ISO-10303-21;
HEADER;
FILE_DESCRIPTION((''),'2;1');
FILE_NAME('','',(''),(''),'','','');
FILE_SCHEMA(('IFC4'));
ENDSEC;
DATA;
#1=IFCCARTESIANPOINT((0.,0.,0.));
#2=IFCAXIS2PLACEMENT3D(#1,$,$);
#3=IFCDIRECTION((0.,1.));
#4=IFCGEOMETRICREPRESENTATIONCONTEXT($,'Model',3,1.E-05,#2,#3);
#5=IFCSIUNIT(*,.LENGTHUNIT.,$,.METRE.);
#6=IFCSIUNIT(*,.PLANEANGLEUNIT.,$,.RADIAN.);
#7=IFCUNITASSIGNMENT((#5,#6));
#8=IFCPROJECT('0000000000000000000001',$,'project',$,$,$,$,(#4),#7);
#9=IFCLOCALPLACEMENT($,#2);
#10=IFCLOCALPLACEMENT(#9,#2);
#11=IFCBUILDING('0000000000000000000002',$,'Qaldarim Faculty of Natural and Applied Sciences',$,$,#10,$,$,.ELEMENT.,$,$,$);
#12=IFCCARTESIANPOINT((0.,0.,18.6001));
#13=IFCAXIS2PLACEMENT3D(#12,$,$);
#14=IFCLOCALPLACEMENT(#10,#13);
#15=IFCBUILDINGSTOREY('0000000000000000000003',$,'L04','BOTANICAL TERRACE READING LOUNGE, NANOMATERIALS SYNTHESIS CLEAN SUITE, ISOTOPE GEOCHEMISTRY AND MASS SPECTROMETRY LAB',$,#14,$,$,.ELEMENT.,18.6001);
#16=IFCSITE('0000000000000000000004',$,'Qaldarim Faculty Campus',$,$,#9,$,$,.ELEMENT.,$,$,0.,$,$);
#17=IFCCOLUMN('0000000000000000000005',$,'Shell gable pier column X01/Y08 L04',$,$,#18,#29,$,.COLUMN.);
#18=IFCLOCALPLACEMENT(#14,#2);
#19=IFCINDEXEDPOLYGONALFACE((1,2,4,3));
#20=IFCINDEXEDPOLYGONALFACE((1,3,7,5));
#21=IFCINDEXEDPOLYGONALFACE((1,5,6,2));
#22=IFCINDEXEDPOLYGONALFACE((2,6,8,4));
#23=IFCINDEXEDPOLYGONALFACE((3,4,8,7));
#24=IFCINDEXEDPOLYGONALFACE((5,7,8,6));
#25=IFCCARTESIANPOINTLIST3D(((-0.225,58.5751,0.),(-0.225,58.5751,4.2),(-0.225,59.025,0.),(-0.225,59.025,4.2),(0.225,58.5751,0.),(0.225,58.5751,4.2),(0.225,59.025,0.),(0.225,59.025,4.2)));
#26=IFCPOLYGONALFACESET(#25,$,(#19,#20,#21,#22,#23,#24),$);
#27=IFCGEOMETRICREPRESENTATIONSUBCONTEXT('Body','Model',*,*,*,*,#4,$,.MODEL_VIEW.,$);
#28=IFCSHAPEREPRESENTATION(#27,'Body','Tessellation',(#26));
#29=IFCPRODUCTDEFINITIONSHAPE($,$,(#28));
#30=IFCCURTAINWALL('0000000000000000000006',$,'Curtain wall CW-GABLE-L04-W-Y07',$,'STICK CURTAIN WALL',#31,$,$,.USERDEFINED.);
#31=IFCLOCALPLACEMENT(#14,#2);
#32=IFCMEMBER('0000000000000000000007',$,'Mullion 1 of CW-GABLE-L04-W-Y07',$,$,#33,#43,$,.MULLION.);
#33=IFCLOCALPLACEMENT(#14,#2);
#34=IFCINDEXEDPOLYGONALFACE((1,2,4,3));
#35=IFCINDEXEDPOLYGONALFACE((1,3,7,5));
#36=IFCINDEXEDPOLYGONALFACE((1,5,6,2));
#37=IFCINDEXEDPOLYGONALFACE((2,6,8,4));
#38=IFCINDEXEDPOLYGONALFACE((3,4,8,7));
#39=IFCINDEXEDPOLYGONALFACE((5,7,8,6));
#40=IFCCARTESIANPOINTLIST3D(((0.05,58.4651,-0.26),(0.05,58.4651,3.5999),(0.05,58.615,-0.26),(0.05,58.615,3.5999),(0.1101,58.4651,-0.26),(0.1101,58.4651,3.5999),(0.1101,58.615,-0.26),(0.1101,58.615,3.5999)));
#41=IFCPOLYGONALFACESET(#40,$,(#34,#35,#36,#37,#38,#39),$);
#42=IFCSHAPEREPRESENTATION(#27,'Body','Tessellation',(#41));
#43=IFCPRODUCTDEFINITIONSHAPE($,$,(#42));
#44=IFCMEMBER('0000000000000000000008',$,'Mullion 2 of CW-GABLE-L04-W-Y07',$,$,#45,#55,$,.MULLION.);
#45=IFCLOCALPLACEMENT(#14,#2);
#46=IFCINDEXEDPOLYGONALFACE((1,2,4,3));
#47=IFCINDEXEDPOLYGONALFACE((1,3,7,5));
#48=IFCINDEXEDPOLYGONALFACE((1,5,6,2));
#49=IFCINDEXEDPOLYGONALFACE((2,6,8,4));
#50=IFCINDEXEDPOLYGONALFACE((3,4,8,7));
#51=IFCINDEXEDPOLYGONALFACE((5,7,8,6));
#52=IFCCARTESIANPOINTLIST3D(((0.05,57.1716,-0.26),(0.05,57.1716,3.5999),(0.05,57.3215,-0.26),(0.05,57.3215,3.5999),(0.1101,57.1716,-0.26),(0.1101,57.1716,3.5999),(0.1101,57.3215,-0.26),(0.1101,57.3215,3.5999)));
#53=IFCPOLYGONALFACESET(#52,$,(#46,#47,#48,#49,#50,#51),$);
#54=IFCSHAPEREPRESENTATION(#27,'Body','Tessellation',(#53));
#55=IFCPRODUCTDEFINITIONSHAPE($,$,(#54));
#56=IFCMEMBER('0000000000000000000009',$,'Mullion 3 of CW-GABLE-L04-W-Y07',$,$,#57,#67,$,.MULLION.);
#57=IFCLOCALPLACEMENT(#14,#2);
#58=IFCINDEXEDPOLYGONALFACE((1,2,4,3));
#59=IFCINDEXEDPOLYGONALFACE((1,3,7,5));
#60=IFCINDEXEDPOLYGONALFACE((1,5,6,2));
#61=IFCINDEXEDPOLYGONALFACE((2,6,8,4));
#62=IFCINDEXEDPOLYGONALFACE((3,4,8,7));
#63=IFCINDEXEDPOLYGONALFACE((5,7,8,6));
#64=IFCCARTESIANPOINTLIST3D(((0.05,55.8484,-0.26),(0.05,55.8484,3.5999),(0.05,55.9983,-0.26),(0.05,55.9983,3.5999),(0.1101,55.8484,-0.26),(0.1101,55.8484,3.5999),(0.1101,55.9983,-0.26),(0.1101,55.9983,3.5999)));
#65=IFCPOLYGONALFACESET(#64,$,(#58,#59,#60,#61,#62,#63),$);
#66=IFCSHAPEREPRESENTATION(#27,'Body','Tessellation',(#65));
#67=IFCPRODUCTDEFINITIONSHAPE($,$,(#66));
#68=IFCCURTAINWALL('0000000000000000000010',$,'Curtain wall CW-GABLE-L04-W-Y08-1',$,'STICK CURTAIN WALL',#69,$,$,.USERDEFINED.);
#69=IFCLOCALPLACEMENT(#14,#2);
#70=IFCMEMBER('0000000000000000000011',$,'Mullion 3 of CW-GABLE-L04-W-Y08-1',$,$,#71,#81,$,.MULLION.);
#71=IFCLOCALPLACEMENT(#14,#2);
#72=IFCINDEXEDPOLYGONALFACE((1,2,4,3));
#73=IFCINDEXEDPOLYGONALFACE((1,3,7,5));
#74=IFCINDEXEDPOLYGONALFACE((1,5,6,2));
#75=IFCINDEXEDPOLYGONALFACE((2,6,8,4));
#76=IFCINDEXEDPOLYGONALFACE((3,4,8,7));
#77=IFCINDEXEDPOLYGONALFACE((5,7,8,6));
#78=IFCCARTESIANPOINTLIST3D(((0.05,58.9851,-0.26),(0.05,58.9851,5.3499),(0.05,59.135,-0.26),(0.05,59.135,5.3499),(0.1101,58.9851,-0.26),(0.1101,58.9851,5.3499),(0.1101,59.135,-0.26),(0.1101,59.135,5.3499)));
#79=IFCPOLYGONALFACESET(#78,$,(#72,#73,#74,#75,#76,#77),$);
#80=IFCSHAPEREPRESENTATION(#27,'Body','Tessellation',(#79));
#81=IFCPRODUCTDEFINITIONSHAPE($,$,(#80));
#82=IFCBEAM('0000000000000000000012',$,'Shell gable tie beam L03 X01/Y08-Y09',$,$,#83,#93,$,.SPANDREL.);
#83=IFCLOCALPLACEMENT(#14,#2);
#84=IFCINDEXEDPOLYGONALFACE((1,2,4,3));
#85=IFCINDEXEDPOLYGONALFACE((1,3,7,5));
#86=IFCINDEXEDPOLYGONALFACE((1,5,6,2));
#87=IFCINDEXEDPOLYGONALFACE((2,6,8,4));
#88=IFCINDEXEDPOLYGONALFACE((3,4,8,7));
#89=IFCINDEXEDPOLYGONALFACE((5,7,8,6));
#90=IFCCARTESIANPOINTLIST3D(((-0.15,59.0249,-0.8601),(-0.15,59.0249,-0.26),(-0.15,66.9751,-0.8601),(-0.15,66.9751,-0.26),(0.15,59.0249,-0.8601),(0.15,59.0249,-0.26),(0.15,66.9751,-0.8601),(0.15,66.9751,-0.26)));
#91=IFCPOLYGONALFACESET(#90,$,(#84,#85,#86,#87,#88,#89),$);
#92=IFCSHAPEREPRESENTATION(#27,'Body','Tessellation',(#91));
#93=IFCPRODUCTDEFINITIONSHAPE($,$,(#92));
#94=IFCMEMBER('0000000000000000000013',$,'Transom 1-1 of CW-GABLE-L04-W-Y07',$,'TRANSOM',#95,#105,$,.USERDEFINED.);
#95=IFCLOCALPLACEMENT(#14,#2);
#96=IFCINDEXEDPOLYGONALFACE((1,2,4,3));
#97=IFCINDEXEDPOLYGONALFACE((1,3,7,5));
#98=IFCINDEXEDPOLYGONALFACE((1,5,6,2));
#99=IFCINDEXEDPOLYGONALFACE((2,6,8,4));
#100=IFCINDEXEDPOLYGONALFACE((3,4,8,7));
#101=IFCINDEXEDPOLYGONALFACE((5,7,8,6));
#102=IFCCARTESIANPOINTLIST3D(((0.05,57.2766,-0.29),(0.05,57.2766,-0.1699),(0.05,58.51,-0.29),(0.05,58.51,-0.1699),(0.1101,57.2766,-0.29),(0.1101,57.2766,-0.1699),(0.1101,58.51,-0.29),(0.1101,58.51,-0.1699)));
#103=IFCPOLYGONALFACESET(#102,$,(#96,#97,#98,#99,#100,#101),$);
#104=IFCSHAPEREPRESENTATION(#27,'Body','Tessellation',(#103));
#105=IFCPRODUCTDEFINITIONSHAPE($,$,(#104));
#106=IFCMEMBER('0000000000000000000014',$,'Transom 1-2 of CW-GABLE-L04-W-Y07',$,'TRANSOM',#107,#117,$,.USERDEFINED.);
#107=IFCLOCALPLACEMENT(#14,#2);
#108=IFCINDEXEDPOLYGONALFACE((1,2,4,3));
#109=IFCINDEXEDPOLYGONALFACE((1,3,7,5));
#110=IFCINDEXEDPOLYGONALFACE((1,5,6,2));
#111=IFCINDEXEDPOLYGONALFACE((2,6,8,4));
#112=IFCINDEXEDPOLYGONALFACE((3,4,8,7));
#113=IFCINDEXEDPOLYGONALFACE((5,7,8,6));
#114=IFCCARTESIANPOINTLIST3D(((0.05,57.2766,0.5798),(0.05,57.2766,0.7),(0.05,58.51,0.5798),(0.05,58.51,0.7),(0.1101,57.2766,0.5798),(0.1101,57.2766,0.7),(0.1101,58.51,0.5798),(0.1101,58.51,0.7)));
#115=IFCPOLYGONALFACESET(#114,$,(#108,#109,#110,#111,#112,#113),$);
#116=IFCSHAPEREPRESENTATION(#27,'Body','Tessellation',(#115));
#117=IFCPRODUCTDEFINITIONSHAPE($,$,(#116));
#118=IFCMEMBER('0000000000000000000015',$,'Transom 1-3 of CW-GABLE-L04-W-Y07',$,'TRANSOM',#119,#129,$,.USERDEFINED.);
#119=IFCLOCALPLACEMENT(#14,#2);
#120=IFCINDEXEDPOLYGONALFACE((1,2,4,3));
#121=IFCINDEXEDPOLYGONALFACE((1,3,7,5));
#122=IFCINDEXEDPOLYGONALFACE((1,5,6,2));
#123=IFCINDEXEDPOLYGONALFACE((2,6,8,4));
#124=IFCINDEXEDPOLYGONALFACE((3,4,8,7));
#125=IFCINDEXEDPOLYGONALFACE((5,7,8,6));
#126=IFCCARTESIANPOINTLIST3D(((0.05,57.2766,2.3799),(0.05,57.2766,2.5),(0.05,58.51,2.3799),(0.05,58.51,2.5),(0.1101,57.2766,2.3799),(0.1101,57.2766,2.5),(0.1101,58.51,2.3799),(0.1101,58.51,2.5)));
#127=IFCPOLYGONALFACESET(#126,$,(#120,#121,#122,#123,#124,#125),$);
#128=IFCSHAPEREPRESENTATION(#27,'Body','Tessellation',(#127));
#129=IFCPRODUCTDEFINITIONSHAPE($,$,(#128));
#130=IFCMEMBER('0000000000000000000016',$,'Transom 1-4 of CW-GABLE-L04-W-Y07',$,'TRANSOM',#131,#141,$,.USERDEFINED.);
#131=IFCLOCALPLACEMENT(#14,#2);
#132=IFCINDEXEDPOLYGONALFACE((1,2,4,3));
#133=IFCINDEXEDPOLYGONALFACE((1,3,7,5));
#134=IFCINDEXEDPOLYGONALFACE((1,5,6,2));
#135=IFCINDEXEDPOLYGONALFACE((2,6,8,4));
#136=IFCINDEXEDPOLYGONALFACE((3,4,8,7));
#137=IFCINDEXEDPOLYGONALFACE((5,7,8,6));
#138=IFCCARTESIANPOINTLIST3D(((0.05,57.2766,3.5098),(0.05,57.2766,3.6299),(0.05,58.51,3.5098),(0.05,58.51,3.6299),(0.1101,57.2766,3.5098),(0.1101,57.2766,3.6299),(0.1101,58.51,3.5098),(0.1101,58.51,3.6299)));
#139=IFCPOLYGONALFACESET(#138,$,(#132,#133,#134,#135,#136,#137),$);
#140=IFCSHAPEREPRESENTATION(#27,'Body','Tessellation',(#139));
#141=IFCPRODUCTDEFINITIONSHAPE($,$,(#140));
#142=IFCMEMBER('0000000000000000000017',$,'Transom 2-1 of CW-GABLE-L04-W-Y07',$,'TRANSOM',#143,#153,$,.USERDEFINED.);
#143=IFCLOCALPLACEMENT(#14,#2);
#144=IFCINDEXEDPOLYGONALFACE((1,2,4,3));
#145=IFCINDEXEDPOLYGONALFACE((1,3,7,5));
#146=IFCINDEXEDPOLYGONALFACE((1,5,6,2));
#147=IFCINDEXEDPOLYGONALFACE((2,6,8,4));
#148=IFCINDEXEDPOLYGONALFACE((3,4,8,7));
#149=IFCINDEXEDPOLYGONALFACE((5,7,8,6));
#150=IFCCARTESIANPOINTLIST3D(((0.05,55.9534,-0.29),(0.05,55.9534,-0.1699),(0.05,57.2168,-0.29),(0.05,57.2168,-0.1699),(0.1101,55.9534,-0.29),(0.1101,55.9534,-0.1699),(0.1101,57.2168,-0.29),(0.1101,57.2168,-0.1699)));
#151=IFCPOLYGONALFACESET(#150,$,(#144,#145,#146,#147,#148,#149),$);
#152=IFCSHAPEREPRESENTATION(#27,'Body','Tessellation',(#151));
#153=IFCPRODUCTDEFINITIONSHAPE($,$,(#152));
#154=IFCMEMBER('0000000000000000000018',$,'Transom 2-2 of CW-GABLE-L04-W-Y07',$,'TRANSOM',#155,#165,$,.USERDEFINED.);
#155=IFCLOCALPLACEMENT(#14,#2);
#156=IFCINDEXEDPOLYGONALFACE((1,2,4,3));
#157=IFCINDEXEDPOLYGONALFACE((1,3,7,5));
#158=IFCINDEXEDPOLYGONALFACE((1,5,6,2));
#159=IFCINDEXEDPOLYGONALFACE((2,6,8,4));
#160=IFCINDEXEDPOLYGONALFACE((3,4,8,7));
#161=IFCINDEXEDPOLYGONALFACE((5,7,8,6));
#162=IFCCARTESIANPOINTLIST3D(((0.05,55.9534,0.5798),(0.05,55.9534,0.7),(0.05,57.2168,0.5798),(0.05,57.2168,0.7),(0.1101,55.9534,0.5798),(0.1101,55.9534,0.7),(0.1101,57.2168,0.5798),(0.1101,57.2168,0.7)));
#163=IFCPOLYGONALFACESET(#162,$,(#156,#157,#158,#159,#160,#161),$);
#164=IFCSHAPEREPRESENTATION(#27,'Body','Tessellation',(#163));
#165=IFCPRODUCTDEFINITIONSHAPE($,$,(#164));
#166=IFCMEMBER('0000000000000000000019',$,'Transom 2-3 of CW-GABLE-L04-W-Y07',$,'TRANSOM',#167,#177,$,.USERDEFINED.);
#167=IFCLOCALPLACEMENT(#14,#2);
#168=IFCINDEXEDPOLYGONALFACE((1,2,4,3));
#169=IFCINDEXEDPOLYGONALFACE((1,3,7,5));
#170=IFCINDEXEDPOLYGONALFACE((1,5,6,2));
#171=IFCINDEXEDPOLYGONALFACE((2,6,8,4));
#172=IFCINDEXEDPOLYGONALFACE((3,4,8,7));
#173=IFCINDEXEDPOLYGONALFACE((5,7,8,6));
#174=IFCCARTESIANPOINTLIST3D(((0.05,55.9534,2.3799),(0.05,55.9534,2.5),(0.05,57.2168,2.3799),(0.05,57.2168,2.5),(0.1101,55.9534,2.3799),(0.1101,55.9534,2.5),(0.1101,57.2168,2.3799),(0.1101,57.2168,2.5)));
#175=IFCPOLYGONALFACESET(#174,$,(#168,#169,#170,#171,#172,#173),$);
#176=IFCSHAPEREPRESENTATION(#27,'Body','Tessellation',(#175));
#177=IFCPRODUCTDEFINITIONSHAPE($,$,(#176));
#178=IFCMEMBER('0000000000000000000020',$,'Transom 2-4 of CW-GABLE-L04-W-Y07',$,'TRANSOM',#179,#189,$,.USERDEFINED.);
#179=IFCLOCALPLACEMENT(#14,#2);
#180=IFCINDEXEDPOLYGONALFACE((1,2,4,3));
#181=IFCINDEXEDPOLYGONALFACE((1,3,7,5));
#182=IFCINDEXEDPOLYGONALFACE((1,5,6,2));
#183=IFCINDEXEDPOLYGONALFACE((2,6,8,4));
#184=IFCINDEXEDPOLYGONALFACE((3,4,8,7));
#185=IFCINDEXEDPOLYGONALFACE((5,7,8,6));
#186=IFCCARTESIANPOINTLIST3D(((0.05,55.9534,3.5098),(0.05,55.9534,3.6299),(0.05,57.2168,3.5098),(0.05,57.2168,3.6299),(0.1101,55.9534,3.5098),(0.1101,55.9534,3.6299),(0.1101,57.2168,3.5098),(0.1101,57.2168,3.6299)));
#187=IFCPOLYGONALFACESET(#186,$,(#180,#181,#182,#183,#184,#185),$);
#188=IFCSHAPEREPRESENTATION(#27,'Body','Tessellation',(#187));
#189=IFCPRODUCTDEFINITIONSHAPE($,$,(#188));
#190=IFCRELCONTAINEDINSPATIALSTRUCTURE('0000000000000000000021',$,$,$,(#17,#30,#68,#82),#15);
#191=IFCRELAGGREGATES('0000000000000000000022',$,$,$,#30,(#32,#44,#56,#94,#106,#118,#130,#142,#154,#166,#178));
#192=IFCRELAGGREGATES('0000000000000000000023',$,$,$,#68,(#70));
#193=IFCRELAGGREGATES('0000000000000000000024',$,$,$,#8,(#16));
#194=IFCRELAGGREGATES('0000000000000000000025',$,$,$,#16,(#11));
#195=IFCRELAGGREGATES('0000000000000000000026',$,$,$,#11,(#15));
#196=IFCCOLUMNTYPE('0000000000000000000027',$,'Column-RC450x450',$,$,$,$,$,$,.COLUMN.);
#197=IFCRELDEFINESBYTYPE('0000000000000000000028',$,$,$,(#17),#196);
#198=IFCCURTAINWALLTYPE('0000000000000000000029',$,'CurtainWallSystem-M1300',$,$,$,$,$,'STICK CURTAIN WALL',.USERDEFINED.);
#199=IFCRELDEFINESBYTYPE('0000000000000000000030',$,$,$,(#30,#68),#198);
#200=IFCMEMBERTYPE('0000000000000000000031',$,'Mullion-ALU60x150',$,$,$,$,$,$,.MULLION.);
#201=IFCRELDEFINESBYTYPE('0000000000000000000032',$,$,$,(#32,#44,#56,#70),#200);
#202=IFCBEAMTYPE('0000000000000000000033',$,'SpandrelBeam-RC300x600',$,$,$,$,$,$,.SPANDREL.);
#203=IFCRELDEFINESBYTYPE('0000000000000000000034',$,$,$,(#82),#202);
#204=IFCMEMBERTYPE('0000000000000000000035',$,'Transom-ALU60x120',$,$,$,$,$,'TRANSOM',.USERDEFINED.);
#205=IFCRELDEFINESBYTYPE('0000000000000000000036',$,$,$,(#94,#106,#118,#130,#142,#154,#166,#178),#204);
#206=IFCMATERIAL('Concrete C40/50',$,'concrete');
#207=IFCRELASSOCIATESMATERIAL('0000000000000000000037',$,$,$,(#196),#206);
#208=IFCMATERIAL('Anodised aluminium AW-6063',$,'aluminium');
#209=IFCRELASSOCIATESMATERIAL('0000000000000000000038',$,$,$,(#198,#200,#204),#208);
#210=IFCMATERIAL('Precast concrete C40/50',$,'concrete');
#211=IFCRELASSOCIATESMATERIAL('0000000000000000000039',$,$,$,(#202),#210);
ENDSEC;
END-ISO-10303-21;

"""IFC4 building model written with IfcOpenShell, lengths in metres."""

from ifc_helpers import new_model, si_unit, direction, frame, origin, origin_2d, place, context, subcontext, project, spatial, rectangle, extrude, material, material_profile, profile_set, type_object, element, aggregate, save


model = new_model("IFC4")

# Units and contexts
model_context = context("Model", 3, precision=1e-05, world=origin(), true_north=direction((0.0, 1.0)))
body_context = subcontext(model_context, "Body", "Model", "MODEL_VIEW")
ifc_project = project(units=[si_unit("LENGTHUNIT", "METRE"), si_unit("PLANEANGLEUNIT", "RADIAN")], contexts=[model_context])

# Site, building, storey
site_placement = place(None, origin())
site = spatial("IfcSite", under=ifc_project, at=site_placement, Name="Qaldarim Faculty Campus", CompositionType="ELEMENT", RefElevation=0.0)
building_placement = place(site_placement, origin())
building = spatial("IfcBuilding", under=site, at=building_placement, Name="Qaldarim Faculty of Natural and Applied Sciences", CompositionType="ELEMENT")
storey_placement = place(building_placement, frame((0.0, 0.0, 18.6001)))
storey = spatial("IfcBuildingStorey", under=building, at=storey_placement, Name="L04", Description="BOTANICAL TERRACE READING LOUNGE, NANOMATERIALS SYNTHESIS CLEAN SUITE, ISOTOPE GEOCHEMISTRY AND MASS SPECTROMETRY LAB", CompositionType="ELEMENT", Elevation=18.6001)

# Column
ifc_material_1 = material(Name="Concrete C40/50", Category="concrete")
ifc_material_profile_1 = material_profile(ifc_material_1, rectangle(XDim=0.45, YDim=0.45, at=origin_2d()), Name="RC-C450x450")
ifc_profile_set_1 = profile_set([ifc_material_profile_1], Name="Concrete C40/50")
column_type = type_object("IfcColumnType", Name="Column-RC450x450", PredefinedType="COLUMN", material=ifc_profile_set_1)
column_placement = place(storey_placement, frame((0.0, 58.8, 0.0), z_axis=(0.0, 0.0, 1.0), x_axis=(1.0, 0.0, 0.0)))
element("IfcColumn", 1, at=column_placement, inside=storey, type_object=column_type, Name="Shell gable pier column X01/Y08 L04", PredefinedType="COLUMN", context=body_context, shape_type="SweptSolid", body=[
    extrude(rectangle(XDim=0.45, YDim=0.45, at=origin_2d()), origin(), (0.0, 0.0, 1.0), 4.2),
])

# Curtain wall, members
ifc_material_2 = material(Name="Anodised aluminium AW-6063", Category="aluminium")
curtain_wall_type = type_object("IfcCurtainWallType", Name="CurtainWallSystem-M1300", ElementType="STICK CURTAIN WALL", PredefinedType="USERDEFINED", material=ifc_material_2)
curtain_wall_1_placement = place(storey_placement, origin())
curtain_wall_1 = element("IfcCurtainWall", 2, at=curtain_wall_1_placement, inside=storey, type_object=curtain_wall_type, Name="Curtain wall CW-GABLE-L04-W-Y07", ObjectType="STICK CURTAIN WALL", PredefinedType="USERDEFINED")
ifc_material_profile_2 = material_profile(ifc_material_2, rectangle(XDim=0.0601, YDim=0.1499, at=origin_2d()), Name="ALU-M60x150")
ifc_profile_set_2 = profile_set([ifc_material_profile_2], Name="Anodised aluminium AW-6063")
member_type_1 = type_object("IfcMemberType", Name="Mullion-ALU60x150", PredefinedType="MULLION", material=ifc_profile_set_2)
member_1_placement = place(storey_placement, frame((0.0801, 58.54, -0.26), z_axis=(0.0, 0.0, 1.0), x_axis=(1.0, 0.0, 0.0)))
member_1 = element("IfcMember", 3, at=member_1_placement, type_object=member_type_1, Name="Mullion 1 of CW-GABLE-L04-W-Y07", PredefinedType="MULLION", context=body_context, shape_type="SweptSolid", body=[
    extrude(rectangle(XDim=0.0601, YDim=0.1499, at=origin_2d()), origin(), (0.0, 0.0, 1.0), 3.8599),
])
member_2_placement = place(storey_placement, frame((0.0801, 57.2466, -0.26), z_axis=(0.0, 0.0, 1.0), x_axis=(1.0, 0.0, 0.0)))
member_2 = element("IfcMember", 4, at=member_2_placement, type_object=member_type_1, Name="Mullion 2 of CW-GABLE-L04-W-Y07", PredefinedType="MULLION", context=body_context, shape_type="SweptSolid", body=[
    extrude(rectangle(XDim=0.0601, YDim=0.1499, at=origin_2d()), origin(), (0.0, 0.0, 1.0), 3.8599),
])
member_3_placement = place(storey_placement, frame((0.0801, 55.9233, -0.26), z_axis=(0.0, 0.0, 1.0), x_axis=(1.0, 0.0, 0.0)))
member_3 = element("IfcMember", 5, at=member_3_placement, type_object=member_type_1, Name="Mullion 3 of CW-GABLE-L04-W-Y07", PredefinedType="MULLION", context=body_context, shape_type="SweptSolid", body=[
    extrude(rectangle(XDim=0.0601, YDim=0.1499, at=origin_2d()), origin(), (0.0, 0.0, 1.0), 3.8599),
])

# Curtain wall, member
curtain_wall_2_placement = place(storey_placement, origin())
curtain_wall_2 = element("IfcCurtainWall", 6, at=curtain_wall_2_placement, inside=storey, type_object=curtain_wall_type, Name="Curtain wall CW-GABLE-L04-W-Y08-1", ObjectType="STICK CURTAIN WALL", PredefinedType="USERDEFINED")
member_4_placement = place(storey_placement, frame((0.0801, 59.0601, -0.26), z_axis=(0.0, 0.0, 1.0), x_axis=(1.0, 0.0, 0.0)))
member_4 = element("IfcMember", 7, at=member_4_placement, type_object=member_type_1, Name="Mullion 3 of CW-GABLE-L04-W-Y08-1", PredefinedType="MULLION", context=body_context, shape_type="SweptSolid", body=[
    extrude(rectangle(XDim=0.0601, YDim=0.1499, at=origin_2d()), origin(), (0.0, 0.0, 1.0), 5.6099),
])

# Beam
ifc_material_3 = material(Name="Precast concrete C40/50", Category="concrete")
ifc_material_profile_3 = material_profile(ifc_material_3, rectangle(XDim=0.3, YDim=0.6001, at=origin_2d()), Name="RC-SP300x600")
ifc_profile_set_3 = profile_set([ifc_material_profile_3], Name="Precast concrete C40/50")
beam_type = type_object("IfcBeamType", Name="SpandrelBeam-RC300x600", PredefinedType="SPANDREL", material=ifc_profile_set_3)
beam_placement = place(storey_placement, frame((0.0, 59.0249, -0.5601), z_axis=(0.0, 1.0, 0.0), x_axis=(-1.0, 0.0, 0.0)))
element("IfcBeam", 8, at=beam_placement, inside=storey, type_object=beam_type, Name="Shell gable tie beam L03 X01/Y08-Y09", PredefinedType="SPANDREL", context=body_context, shape_type="SweptSolid", body=[
    extrude(rectangle(XDim=0.3, YDim=0.6001, at=origin_2d()), origin(), (0.0, 0.0, 1.0), 7.9502),
])

# Members
ifc_material_profile_4 = material_profile(ifc_material_2, rectangle(XDim=0.0601, YDim=0.1201, at=origin_2d()), Name="ALU-T60x120")
ifc_profile_set_4 = profile_set([ifc_material_profile_4], Name="Anodised aluminium AW-6063")
member_type_2 = type_object("IfcMemberType", Name="Transom-ALU60x120", ElementType="TRANSOM", PredefinedType="USERDEFINED", material=ifc_profile_set_4)
member_5_placement = place(storey_placement, frame((0.0801, 58.51, -0.23), z_axis=(0.0, -1.0, 0.0), x_axis=(1.0, 0.0, 0.0)))
member_5 = element("IfcMember", 9, at=member_5_placement, type_object=member_type_2, Name="Transom 1-1 of CW-GABLE-L04-W-Y07", ObjectType="TRANSOM", PredefinedType="USERDEFINED", context=body_context, shape_type="SweptSolid", body=[
    extrude(rectangle(XDim=0.0601, YDim=0.1201, at=origin_2d()), origin(), (0.0, 0.0, 1.0), 1.2334),
])
member_6_placement = place(storey_placement, frame((0.0801, 58.51, 0.6399), z_axis=(0.0, -1.0, 0.0), x_axis=(1.0, 0.0, 0.0)))
member_6 = element("IfcMember", 10, at=member_6_placement, type_object=member_type_2, Name="Transom 1-2 of CW-GABLE-L04-W-Y07", ObjectType="TRANSOM", PredefinedType="USERDEFINED", context=body_context, shape_type="SweptSolid", body=[
    extrude(rectangle(XDim=0.0601, YDim=0.1201, at=origin_2d()), origin(), (0.0, 0.0, 1.0), 1.2334),
])
member_7_placement = place(storey_placement, frame((0.0801, 58.51, 2.4399), z_axis=(0.0, -1.0, 0.0), x_axis=(1.0, 0.0, 0.0)))
member_7 = element("IfcMember", 11, at=member_7_placement, type_object=member_type_2, Name="Transom 1-3 of CW-GABLE-L04-W-Y07", ObjectType="TRANSOM", PredefinedType="USERDEFINED", context=body_context, shape_type="SweptSolid", body=[
    extrude(rectangle(XDim=0.0601, YDim=0.1201, at=origin_2d()), origin(), (0.0, 0.0, 1.0), 1.2334),
])
member_8_placement = place(storey_placement, frame((0.0801, 58.51, 3.5698), z_axis=(0.0, -1.0, 0.0), x_axis=(1.0, 0.0, 0.0)))
member_8 = element("IfcMember", 12, at=member_8_placement, type_object=member_type_2, Name="Transom 1-4 of CW-GABLE-L04-W-Y07", ObjectType="TRANSOM", PredefinedType="USERDEFINED", context=body_context, shape_type="SweptSolid", body=[
    extrude(rectangle(XDim=0.0601, YDim=0.1201, at=origin_2d()), origin(), (0.0, 0.0, 1.0), 1.2334),
])
member_9_placement = place(storey_placement, frame((0.0801, 57.2168, -0.23), z_axis=(0.0, -1.0, 0.0), x_axis=(1.0, 0.0, 0.0)))
member_9 = element("IfcMember", 13, at=member_9_placement, type_object=member_type_2, Name="Transom 2-1 of CW-GABLE-L04-W-Y07", ObjectType="TRANSOM", PredefinedType="USERDEFINED", context=body_context, shape_type="SweptSolid", body=[
    extrude(rectangle(XDim=0.0601, YDim=0.1201, at=origin_2d()), origin(), (0.0, 0.0, 1.0), 1.2634),
])
member_10_placement = place(storey_placement, frame((0.0801, 57.2168, 0.6399), z_axis=(0.0, -1.0, 0.0), x_axis=(1.0, 0.0, 0.0)))
member_10 = element("IfcMember", 14, at=member_10_placement, type_object=member_type_2, Name="Transom 2-2 of CW-GABLE-L04-W-Y07", ObjectType="TRANSOM", PredefinedType="USERDEFINED", context=body_context, shape_type="SweptSolid", body=[
    extrude(rectangle(XDim=0.0601, YDim=0.1201, at=origin_2d()), origin(), (0.0, 0.0, 1.0), 1.2634),
])
member_11_placement = place(storey_placement, frame((0.0801, 57.2168, 2.4399), z_axis=(0.0, -1.0, 0.0), x_axis=(1.0, 0.0, 0.0)))
member_11 = element("IfcMember", 15, at=member_11_placement, type_object=member_type_2, Name="Transom 2-3 of CW-GABLE-L04-W-Y07", ObjectType="TRANSOM", PredefinedType="USERDEFINED", context=body_context, shape_type="SweptSolid", body=[
    extrude(rectangle(XDim=0.0601, YDim=0.1201, at=origin_2d()), origin(), (0.0, 0.0, 1.0), 1.2634),
])
member_12_placement = place(storey_placement, frame((0.0801, 57.2168, 3.5698), z_axis=(0.0, -1.0, 0.0), x_axis=(1.0, 0.0, 0.0)))
member_12 = element("IfcMember", 16, at=member_12_placement, type_object=member_type_2, Name="Transom 2-4 of CW-GABLE-L04-W-Y07", ObjectType="TRANSOM", PredefinedType="USERDEFINED", context=body_context, shape_type="SweptSolid", body=[
    extrude(rectangle(XDim=0.0601, YDim=0.1201, at=origin_2d()), origin(), (0.0, 0.0, 1.0), 1.2634),
])

aggregate(curtain_wall_1, [member_1, member_2, member_3, member_5, member_6, member_7, member_8, member_9, member_10, member_11, member_12])
aggregate(curtain_wall_2, [member_4])

save(model, "model.ifc")
